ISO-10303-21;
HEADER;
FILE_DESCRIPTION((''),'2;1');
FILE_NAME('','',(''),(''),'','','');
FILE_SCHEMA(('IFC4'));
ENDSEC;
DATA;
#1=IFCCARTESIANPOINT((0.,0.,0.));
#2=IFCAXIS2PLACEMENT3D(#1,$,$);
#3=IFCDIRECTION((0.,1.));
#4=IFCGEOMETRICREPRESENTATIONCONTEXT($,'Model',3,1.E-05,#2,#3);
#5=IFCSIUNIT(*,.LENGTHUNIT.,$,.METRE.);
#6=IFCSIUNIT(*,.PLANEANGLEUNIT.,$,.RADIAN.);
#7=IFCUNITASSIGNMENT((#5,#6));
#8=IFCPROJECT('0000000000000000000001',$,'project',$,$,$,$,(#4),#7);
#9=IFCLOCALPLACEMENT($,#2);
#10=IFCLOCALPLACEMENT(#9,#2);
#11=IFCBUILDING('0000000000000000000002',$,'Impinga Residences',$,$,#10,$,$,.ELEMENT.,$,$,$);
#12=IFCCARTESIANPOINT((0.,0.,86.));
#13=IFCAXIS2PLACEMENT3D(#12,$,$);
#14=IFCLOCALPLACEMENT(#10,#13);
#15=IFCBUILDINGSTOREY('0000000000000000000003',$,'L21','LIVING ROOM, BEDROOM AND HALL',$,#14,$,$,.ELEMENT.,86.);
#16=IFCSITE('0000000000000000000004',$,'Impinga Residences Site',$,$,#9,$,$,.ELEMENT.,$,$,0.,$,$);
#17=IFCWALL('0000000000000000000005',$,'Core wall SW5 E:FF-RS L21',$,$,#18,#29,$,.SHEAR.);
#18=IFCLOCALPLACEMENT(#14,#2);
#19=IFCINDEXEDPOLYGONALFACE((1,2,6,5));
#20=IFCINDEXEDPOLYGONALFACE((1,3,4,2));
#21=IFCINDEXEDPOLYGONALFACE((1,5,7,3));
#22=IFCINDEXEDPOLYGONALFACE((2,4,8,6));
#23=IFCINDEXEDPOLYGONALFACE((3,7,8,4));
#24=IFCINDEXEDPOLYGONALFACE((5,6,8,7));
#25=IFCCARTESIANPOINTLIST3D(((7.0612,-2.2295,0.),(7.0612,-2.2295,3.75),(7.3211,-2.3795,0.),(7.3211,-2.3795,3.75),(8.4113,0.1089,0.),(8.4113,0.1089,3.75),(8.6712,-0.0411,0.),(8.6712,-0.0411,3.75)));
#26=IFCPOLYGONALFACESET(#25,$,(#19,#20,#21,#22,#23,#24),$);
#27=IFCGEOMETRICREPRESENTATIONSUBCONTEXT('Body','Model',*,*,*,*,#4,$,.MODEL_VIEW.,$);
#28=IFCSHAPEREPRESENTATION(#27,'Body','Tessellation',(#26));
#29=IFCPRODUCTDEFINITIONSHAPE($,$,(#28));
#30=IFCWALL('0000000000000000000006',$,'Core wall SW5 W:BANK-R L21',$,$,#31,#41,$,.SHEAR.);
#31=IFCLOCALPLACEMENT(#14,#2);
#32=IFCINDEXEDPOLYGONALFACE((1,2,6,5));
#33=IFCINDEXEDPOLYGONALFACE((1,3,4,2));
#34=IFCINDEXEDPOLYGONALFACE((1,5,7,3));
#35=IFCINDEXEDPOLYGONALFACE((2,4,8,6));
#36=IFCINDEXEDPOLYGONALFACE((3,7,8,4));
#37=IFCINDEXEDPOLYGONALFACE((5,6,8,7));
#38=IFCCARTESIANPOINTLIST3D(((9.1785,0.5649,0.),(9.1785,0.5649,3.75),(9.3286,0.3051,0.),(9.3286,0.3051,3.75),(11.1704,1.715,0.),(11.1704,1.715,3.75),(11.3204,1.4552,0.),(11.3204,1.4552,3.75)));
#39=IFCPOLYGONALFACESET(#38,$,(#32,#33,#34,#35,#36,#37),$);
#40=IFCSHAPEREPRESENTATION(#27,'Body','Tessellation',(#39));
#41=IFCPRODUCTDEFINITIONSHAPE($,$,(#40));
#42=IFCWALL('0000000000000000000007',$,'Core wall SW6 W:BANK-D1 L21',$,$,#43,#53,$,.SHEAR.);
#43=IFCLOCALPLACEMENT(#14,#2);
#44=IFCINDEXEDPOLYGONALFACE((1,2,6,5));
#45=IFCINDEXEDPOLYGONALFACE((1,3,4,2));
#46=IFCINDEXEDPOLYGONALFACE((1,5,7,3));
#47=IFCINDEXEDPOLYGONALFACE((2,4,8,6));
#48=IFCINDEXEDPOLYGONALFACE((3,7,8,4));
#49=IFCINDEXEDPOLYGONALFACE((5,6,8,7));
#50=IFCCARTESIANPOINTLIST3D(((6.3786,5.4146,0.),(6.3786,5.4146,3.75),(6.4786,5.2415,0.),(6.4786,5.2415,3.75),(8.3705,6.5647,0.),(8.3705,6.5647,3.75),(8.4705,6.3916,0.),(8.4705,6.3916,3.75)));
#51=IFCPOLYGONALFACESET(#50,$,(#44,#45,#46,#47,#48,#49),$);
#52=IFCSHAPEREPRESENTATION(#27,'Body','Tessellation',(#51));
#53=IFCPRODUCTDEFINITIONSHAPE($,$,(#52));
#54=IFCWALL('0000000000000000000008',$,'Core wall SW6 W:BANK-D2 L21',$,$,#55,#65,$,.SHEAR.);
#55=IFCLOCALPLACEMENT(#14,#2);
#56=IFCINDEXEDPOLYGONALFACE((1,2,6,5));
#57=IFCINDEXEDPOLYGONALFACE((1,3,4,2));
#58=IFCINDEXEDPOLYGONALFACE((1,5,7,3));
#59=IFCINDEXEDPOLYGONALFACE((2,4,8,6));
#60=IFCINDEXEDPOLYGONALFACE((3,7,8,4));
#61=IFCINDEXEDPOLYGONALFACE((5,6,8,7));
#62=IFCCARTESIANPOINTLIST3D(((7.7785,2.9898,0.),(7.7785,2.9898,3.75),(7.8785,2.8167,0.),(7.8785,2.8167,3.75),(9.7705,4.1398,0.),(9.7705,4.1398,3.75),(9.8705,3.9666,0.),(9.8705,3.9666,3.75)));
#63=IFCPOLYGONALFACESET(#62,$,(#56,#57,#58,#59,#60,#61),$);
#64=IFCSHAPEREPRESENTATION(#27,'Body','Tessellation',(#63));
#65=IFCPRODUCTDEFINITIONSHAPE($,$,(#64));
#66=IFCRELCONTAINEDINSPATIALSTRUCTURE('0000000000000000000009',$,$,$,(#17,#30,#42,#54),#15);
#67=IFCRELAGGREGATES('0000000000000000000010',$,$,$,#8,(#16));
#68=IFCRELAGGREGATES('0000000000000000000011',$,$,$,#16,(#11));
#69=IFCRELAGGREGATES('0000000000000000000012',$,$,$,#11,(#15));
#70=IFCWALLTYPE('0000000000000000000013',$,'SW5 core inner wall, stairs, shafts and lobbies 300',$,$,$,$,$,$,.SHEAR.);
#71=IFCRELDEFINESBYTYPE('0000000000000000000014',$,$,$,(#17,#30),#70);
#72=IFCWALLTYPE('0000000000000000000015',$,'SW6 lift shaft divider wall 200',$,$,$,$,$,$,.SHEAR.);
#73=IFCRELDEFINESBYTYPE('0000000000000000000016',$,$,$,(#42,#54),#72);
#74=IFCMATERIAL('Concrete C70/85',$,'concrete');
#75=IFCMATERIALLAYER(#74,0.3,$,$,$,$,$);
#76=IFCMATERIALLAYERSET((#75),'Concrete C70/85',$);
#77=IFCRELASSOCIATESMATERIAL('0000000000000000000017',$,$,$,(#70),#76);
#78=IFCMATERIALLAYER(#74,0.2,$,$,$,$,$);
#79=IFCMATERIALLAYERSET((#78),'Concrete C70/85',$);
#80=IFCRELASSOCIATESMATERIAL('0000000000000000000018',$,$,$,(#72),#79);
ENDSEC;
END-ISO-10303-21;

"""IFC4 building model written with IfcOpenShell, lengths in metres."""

from ifc_helpers import new_model, si_unit, direction, frame, frame_2d, origin, place, context, subcontext, project, spatial, rectangle, extrude, material, layer, layer_set, type_object, element, save


model = new_model("IFC4")

# Units and contexts
model_context = context("Model", 3, precision=1e-05, world=origin(), true_north=direction((0.0, 1.0)))
body_context = subcontext(model_context, "Body", "Model", "MODEL_VIEW")
ifc_project = project(units=[si_unit("LENGTHUNIT", "METRE"), si_unit("PLANEANGLEUNIT", "RADIAN")], contexts=[model_context])

# Site, building, storey
site_placement = place(None, origin())
site = spatial("IfcSite", under=ifc_project, at=site_placement, Name="Impinga Residences Site", CompositionType="ELEMENT", RefElevation=0.0)
building_placement = place(site_placement, origin())
building = spatial("IfcBuilding", under=site, at=building_placement, Name="Impinga Residences", CompositionType="ELEMENT")
storey_placement = place(building_placement, frame((0.0, 0.0, 86.0)))
storey = spatial("IfcBuildingStorey", under=building, at=storey_placement, Name="L21", Description="LIVING ROOM, BEDROOM AND HALL", CompositionType="ELEMENT", Elevation=86.0)

# Shared definitions
ifc_material_1 = material(Name="Concrete C70/85", Category="concrete")

# Walls
ifc_layer_1 = layer(ifc_material_1, 0.3)
ifc_layer_set_1 = layer_set([ifc_layer_1], Name="Concrete C70/85")
wall_type_1 = type_object("IfcWallType", Name="SW5 core inner wall, stairs, shafts and lobbies 300", PredefinedType="SHEAR", material=ifc_layer_set_1)
wall_1_placement = place(storey_placement, frame((8.5413, 0.0339, 0.0), z_axis=(0.0, 0.0, 1.0), x_axis=(-0.500009, -0.86602, 0.0)))
element("IfcWall", 1, at=wall_1_placement, inside=storey, type_object=wall_type_1, Name="Core wall SW5 E:FF-RS L21", PredefinedType="SHEAR", context=body_context, shape_type="SweptSolid", body=[
    extrude(rectangle(XDim=2.7002, YDim=0.3, at=frame_2d((1.3501, 0.0))), origin(), (0.0, 0.0, 1.0), 3.75),
])
wall_2_placement = place(storey_placement, frame((9.2537, 0.4351, 0.0), z_axis=(0.0, 0.0, 1.0), x_axis=(0.866007, 0.500032, 0.0)))
element("IfcWall", 2, at=wall_2_placement, inside=storey, type_object=wall_type_1, Name="Core wall SW5 W:BANK-R L21", PredefinedType="SHEAR", context=body_context, shape_type="SweptSolid", body=[
    extrude(rectangle(XDim=2.3, YDim=0.3, at=frame_2d((1.1499, 0.0))), origin(), (0.0, 0.0, 1.0), 3.75),
])
ifc_layer_2 = layer(ifc_material_1, 0.2)
ifc_layer_set_2 = layer_set([ifc_layer_2], Name="Concrete C70/85")
wall_type_2 = type_object("IfcWallType", Name="SW6 lift shaft divider wall 200", PredefinedType="SHEAR", material=ifc_layer_set_2)
for number, where, z_axis, x_axis, name in (
    (3, (6.4287, 5.3281, 0.0), (0.0, 0.0, 1.0), (0.866007, 0.500032, 0.0), "Core wall SW6 W:BANK-D1 L21"),
    (4, (7.8286, 2.9033, 0.0), (0.0, 0.0, 1.0), (0.866053, 0.499952, 0.0), "Core wall SW6 W:BANK-D2 L21"),
):
    element("IfcWall", number, at=place(storey_placement, frame(where, z_axis=z_axis, x_axis=x_axis)), inside=storey, type_object=wall_type_2, Name=name, PredefinedType="SHEAR", context=body_context, shape_type="SweptSolid", body=[
        extrude(rectangle(XDim=2.3, YDim=0.2, at=frame_2d((1.1499, 0.0))), origin(), (0.0, 0.0, 1.0), 3.75),
    ])

save(model, "model.ifc")
